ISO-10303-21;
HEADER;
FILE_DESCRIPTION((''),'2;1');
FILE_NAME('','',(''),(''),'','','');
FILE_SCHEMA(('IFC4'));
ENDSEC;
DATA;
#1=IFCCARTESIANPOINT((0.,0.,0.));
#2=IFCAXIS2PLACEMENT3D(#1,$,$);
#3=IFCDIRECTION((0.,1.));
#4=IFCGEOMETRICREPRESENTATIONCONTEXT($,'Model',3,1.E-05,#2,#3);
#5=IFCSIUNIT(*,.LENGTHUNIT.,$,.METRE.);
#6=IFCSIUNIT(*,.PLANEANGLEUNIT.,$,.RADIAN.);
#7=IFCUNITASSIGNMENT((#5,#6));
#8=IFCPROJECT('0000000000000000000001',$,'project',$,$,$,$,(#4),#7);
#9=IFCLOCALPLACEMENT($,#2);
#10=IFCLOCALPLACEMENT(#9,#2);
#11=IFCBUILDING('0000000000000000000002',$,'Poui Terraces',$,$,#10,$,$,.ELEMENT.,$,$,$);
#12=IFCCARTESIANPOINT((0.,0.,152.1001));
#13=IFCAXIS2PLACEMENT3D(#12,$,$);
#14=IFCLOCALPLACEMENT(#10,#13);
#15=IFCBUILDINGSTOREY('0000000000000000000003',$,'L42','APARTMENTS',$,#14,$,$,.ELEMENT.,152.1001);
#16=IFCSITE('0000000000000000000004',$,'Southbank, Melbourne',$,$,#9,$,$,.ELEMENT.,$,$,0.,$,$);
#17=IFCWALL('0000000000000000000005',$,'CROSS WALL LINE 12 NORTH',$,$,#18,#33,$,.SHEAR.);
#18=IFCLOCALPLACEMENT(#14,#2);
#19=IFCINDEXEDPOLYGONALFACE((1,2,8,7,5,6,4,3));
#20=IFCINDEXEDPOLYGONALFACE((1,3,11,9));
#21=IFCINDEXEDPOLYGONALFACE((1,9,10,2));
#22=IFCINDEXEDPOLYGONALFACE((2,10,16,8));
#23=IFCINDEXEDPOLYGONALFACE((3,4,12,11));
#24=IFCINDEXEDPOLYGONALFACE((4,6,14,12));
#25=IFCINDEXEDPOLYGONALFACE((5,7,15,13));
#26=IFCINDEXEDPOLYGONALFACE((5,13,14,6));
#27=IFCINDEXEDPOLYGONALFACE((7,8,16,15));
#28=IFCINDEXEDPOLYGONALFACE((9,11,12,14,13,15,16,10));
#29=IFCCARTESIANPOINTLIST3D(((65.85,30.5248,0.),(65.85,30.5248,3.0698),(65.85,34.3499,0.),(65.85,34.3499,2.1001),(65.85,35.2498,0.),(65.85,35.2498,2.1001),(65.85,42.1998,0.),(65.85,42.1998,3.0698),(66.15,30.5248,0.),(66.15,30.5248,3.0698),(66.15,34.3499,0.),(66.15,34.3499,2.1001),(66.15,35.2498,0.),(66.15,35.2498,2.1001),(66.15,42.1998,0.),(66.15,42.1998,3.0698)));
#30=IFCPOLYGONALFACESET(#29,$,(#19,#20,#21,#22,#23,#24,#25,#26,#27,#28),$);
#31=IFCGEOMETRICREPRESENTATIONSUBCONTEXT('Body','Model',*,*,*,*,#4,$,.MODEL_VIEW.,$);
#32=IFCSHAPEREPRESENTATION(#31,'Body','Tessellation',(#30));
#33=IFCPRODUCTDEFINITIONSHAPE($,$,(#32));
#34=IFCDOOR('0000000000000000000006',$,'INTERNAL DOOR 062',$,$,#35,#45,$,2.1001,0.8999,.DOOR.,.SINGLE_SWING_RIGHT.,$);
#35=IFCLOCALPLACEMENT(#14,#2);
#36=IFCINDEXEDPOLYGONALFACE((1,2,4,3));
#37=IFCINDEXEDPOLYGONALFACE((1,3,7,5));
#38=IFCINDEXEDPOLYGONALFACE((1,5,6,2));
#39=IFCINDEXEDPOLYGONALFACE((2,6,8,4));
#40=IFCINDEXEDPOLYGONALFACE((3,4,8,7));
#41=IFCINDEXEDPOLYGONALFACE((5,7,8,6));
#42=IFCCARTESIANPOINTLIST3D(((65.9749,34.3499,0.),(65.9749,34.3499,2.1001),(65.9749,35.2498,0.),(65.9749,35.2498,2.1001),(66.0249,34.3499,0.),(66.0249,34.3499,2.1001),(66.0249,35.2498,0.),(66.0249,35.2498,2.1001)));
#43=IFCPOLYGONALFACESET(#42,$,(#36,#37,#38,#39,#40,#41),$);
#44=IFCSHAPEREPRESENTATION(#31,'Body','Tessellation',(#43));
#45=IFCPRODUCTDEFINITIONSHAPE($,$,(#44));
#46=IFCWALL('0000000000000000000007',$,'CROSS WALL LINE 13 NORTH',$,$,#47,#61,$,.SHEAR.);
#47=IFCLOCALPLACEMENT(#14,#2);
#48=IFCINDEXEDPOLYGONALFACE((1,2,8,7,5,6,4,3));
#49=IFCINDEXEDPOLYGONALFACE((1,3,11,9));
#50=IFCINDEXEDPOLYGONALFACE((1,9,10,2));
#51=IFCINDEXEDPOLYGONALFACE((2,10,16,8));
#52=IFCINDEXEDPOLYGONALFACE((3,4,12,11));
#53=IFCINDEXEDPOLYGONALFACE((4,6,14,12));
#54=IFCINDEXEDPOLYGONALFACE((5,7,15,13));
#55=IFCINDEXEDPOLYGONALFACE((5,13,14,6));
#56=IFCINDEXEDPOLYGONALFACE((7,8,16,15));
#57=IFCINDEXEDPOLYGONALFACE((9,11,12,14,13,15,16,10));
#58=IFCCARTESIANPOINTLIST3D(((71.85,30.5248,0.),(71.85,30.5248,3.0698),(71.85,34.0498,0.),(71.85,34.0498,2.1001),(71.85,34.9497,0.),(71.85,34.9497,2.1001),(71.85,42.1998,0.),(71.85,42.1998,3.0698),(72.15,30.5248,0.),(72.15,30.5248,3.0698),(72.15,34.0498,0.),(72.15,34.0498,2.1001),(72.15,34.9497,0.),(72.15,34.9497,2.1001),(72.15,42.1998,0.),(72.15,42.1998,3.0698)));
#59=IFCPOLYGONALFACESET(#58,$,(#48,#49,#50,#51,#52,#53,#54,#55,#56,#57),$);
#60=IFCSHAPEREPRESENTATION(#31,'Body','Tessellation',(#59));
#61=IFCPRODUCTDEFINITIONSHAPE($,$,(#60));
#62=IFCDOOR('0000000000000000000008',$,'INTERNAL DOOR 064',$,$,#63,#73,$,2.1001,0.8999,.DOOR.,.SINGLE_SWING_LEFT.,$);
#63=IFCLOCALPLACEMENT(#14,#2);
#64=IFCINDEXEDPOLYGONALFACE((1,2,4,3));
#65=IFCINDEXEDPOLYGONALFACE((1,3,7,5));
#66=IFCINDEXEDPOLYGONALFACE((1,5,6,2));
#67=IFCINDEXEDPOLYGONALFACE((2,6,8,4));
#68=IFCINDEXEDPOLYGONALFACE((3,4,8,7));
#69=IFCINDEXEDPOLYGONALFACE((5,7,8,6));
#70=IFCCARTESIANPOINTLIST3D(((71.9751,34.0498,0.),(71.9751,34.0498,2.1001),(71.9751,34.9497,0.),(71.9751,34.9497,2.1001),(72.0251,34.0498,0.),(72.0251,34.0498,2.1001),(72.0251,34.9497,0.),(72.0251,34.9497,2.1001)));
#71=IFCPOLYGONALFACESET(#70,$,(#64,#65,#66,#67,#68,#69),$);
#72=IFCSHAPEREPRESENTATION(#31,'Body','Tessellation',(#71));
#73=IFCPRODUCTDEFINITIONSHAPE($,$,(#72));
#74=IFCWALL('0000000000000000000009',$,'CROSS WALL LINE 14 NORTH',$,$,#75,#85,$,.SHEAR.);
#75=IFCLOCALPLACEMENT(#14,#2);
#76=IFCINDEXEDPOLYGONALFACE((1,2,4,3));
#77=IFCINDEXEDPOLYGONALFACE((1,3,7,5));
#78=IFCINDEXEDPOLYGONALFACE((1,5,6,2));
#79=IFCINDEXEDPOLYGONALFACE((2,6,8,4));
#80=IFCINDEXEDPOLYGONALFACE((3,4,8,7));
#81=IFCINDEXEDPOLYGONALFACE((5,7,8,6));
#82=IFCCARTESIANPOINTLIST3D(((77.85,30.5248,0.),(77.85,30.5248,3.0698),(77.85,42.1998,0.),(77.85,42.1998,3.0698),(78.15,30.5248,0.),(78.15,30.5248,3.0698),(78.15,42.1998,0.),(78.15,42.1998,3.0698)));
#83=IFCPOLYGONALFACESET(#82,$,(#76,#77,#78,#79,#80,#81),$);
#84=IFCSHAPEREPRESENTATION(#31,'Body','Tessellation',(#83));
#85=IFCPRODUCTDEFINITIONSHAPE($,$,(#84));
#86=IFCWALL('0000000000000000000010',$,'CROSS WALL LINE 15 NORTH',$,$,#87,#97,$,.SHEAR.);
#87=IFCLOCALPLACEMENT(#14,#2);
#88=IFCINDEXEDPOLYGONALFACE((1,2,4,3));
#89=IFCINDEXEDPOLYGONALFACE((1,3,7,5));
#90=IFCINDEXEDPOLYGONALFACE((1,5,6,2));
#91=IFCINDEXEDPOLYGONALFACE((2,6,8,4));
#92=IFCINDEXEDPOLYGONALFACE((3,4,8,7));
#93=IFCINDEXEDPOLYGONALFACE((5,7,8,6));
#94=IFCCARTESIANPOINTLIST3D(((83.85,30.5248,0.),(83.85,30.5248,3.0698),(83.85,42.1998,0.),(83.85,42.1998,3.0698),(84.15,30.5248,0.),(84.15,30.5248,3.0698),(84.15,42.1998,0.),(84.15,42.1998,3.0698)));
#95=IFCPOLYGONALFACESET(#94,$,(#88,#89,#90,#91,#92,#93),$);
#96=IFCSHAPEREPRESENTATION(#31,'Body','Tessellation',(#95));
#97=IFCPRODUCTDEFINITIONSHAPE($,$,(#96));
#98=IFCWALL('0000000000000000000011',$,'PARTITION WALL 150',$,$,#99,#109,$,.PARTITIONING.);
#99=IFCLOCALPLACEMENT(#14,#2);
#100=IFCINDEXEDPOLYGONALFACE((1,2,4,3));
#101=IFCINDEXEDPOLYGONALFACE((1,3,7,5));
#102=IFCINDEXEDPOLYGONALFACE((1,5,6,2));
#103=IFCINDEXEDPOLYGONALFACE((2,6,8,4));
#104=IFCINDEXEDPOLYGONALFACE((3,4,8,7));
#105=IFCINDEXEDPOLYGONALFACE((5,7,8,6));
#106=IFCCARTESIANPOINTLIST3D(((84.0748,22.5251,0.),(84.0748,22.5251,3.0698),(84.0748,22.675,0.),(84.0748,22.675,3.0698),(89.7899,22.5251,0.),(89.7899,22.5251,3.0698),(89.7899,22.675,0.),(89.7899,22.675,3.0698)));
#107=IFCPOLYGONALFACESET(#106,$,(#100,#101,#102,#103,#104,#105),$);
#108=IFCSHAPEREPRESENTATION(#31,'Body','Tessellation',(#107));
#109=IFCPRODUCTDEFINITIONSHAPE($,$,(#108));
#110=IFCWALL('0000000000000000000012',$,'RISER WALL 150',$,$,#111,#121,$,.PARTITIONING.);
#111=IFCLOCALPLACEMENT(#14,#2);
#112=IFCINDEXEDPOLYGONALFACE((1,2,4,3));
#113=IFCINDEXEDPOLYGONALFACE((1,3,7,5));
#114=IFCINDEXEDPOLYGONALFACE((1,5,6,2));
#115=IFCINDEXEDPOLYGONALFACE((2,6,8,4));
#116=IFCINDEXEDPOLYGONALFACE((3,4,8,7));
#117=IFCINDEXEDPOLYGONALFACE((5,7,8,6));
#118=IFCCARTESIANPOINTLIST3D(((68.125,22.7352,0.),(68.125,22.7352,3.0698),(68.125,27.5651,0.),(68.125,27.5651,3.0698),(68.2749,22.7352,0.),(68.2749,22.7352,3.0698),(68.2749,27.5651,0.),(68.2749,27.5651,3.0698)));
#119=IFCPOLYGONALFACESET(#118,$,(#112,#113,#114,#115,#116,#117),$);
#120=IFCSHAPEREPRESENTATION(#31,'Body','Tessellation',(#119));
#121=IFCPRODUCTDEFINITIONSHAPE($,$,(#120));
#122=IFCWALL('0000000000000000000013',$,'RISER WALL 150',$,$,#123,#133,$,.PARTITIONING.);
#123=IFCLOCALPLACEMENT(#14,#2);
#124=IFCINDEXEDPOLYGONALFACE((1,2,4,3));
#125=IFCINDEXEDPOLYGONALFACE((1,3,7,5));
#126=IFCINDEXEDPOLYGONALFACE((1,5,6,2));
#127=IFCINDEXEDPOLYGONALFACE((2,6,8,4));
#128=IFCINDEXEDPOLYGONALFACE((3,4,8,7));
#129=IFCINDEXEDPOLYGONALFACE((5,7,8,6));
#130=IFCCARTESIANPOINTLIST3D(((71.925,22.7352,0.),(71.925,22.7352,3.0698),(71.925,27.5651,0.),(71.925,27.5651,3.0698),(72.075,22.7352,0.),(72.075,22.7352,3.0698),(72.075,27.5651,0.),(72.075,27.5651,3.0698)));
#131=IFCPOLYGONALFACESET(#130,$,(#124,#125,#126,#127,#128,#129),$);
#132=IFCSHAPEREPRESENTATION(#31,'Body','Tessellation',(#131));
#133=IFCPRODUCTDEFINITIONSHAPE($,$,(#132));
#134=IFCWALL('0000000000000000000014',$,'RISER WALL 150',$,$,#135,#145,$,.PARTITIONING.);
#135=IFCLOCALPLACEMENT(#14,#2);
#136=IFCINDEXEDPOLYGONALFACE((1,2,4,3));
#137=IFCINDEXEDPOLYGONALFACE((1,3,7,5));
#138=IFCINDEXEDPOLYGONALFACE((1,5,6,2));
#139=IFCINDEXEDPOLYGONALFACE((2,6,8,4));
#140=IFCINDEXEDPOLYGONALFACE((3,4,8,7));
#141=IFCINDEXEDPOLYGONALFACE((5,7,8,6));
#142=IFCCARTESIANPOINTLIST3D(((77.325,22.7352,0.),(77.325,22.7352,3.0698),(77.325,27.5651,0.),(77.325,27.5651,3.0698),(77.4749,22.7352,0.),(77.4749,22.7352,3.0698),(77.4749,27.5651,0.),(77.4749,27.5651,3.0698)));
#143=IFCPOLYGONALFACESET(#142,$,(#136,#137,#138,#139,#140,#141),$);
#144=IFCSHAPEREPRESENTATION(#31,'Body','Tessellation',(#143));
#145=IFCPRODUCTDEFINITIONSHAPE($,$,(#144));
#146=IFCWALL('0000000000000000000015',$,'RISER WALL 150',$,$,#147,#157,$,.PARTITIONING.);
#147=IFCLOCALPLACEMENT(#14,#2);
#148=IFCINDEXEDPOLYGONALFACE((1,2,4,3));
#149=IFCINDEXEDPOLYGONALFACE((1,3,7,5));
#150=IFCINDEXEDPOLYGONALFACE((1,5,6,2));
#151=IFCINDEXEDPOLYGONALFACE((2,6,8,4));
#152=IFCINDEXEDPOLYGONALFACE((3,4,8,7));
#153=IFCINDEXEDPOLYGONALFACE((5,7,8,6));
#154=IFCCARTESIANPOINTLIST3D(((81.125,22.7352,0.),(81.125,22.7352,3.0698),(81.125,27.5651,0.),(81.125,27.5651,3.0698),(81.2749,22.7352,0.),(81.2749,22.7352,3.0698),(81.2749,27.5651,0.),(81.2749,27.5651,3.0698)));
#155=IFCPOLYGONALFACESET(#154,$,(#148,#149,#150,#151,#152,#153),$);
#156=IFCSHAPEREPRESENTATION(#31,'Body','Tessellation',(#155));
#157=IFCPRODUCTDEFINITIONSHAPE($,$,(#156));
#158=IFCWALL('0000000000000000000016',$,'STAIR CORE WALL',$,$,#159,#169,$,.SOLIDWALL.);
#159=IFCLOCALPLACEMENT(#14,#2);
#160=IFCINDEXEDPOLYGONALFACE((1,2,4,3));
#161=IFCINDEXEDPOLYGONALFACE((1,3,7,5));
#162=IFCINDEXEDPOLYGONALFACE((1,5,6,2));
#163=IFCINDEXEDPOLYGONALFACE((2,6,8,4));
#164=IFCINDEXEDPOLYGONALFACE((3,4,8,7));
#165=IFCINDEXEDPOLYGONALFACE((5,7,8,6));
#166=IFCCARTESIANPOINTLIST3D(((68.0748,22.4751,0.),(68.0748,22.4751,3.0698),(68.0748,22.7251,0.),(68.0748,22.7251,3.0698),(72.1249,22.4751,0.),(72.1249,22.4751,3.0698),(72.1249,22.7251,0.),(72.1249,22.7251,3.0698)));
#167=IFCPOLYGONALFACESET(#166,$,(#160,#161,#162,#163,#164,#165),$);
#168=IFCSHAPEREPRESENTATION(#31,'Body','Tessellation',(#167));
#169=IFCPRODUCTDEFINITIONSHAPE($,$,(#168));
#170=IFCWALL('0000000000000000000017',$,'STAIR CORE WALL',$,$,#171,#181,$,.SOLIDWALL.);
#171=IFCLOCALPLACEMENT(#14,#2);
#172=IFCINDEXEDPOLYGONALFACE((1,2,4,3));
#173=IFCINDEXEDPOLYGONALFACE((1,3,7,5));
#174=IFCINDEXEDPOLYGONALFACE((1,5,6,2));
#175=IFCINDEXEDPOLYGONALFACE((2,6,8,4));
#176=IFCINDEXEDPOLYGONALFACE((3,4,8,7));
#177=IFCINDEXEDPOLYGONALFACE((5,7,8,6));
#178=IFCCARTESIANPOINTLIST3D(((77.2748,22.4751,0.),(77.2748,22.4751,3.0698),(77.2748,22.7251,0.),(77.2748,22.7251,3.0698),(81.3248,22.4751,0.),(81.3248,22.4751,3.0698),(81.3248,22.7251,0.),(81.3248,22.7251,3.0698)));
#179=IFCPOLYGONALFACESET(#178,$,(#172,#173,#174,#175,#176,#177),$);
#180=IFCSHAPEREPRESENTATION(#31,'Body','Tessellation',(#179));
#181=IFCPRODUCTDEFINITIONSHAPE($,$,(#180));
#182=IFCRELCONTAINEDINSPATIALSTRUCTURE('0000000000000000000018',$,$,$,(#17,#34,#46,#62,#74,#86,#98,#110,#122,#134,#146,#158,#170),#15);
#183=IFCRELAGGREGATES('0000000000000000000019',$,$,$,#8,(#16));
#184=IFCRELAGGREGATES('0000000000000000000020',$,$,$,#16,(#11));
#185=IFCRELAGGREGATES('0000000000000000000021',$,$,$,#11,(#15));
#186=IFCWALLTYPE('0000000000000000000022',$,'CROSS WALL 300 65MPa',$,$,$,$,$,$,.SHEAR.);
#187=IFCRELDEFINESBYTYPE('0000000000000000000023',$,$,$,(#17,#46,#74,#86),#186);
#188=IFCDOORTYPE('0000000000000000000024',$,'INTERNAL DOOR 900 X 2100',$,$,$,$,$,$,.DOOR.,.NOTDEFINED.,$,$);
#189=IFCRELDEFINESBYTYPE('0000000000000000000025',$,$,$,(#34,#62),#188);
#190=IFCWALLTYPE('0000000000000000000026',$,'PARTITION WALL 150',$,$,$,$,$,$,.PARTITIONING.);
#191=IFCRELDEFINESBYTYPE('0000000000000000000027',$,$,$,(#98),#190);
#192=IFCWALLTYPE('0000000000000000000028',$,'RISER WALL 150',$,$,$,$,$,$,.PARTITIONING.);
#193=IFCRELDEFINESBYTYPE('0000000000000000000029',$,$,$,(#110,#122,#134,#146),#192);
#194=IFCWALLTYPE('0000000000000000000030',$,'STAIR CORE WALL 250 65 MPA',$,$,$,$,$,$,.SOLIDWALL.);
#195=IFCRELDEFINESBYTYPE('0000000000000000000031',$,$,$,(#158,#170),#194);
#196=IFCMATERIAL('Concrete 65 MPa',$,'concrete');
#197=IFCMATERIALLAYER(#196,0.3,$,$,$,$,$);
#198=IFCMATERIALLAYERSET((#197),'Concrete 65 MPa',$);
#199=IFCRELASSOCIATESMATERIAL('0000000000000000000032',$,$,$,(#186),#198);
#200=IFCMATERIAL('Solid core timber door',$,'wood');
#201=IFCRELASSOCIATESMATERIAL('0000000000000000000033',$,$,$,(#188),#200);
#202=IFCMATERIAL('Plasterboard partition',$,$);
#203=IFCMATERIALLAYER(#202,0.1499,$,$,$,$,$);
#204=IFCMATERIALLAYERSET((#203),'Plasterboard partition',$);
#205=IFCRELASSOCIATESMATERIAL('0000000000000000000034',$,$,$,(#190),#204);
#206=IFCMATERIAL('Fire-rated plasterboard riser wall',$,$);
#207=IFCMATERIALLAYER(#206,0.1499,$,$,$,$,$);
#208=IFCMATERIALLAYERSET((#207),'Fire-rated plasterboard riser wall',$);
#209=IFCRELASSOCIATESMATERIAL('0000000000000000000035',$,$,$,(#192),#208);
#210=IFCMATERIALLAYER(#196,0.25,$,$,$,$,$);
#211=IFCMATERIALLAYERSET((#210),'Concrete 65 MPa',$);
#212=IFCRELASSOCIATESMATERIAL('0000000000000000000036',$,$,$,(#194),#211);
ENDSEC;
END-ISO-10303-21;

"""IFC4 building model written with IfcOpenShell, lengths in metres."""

from ifc_helpers import new_model, si_unit, direction, frame, frame_2d, origin, place, context, subcontext, project, spatial, rectangle, extrude, material, layer, layer_set, type_object, element, fill, save


model = new_model("IFC4")

# Units and contexts
model_context = context("Model", 3, precision=1e-05, world=origin(), true_north=direction((0.0, 1.0)))
body_context = subcontext(model_context, "Body", "Model", "MODEL_VIEW")
ifc_project = project(units=[si_unit("LENGTHUNIT", "METRE"), si_unit("PLANEANGLEUNIT", "RADIAN")], contexts=[model_context])

# Site, building, storey
site_placement = place(None, origin())
site = spatial("IfcSite", under=ifc_project, at=site_placement, Name="Southbank, Melbourne", CompositionType="ELEMENT", RefElevation=0.0)
building_placement = place(site_placement, origin())
building = spatial("IfcBuilding", under=site, at=building_placement, Name="Poui Terraces", CompositionType="ELEMENT")
storey_placement = place(building_placement, frame((0.0, 0.0, 152.1001)))
storey = spatial("IfcBuildingStorey", under=building, at=storey_placement, Name="L42", Description="APARTMENTS", CompositionType="ELEMENT", Elevation=152.1001)

# Shared definitions
ifc_material_1 = material(Name="Concrete 65 MPa", Category="concrete")

# Walls, openings, doors
ifc_material_2 = material(Name="Solid core timber door", Category="wood")
ifc_layer_1 = layer(ifc_material_1, 0.3)
ifc_layer_set_1 = layer_set([ifc_layer_1], Name="Concrete 65 MPa")
wall_type_1 = type_object("IfcWallType", Name="CROSS WALL 300 65MPa", PredefinedType="SHEAR", material=ifc_layer_set_1)
wall_1_placement = place(storey_placement, frame((66.0, 30.5249, 0.0), z_axis=(0.0, 0.0, 1.0), x_axis=(0.0, 1.0, 0.0)))
wall_1 = element("IfcWall", 1, at=wall_1_placement, inside=storey, type_object=wall_type_1, Name="CROSS WALL LINE 12 NORTH", PredefinedType="SHEAR", context=body_context, shape_type="SweptSolid", body=[
    extrude(rectangle(XDim=11.675, YDim=0.3, at=frame_2d((5.8374, 0.0))), origin(), (0.0, 0.0, 1.0), 3.0698),
])
opening_1_placement = place(wall_1_placement, frame((3.825, 0.0, 0.0)))
opening_1 = element("IfcOpeningElement", 2, at=opening_1_placement, cuts=wall_1, PredefinedType="OPENING", context=body_context, shape_type="SweptSolid", body=[
    extrude(rectangle(XDim=0.8999, YDim=2.1001, at=frame_2d((0.45, 1.05))), frame((0.0, 0.1602, 0.0), z_axis=(0.0, -1.0, 0.0), x_axis=(1.0, 0.0, 0.0)), (0.0, 0.0, 1.0), 0.3201),
])
door_type_1 = type_object("IfcDoorType", Name="INTERNAL DOOR 900 X 2100", OperationType="NOTDEFINED", PredefinedType="DOOR", material=ifc_material_2)
door_1_placement = place(opening_1_placement, frame((0.8999, 0.0, 0.0), z_axis=(0.0, 0.0, 1.0), x_axis=(-1.0, 0.0, 0.0)))
door_1 = element("IfcDoor", 3, at=door_1_placement, inside=storey, type_object=door_type_1, Name="INTERNAL DOOR 062", OperationType="SINGLE_SWING_RIGHT", OverallHeight=2.1001, OverallWidth=0.8999, PredefinedType="DOOR", context=body_context, shape_type="SweptSolid", body=[
    extrude(rectangle(XDim=0.8999, YDim=2.1001, at=frame_2d((0.45, 1.05))), frame((0.0, 0.0249, 0.0), z_axis=(0.0, -1.0, 0.0), x_axis=(1.0, 0.0, 0.0)), (0.0, 0.0, 1.0), 0.05),
])
fill(opening_1, door_1)
wall_2_placement = place(storey_placement, frame((72.0, 30.5249, 0.0), z_axis=(0.0, 0.0, 1.0), x_axis=(0.0, 1.0, 0.0)))
wall_2 = element("IfcWall", 4, at=wall_2_placement, inside=storey, type_object=wall_type_1, Name="CROSS WALL LINE 13 NORTH", PredefinedType="SHEAR", context=body_context, shape_type="SweptSolid", body=[
    extrude(rectangle(XDim=11.675, YDim=0.3, at=frame_2d((5.8374, 0.0))), origin(), (0.0, 0.0, 1.0), 3.0698),
])
opening_2_placement = place(wall_2_placement, frame((3.5249, 0.0, 0.0)))
opening_2 = element("IfcOpeningElement", 5, at=opening_2_placement, cuts=wall_2, PredefinedType="OPENING", context=body_context, shape_type="SweptSolid", body=[
    extrude(rectangle(XDim=0.8999, YDim=2.1001, at=frame_2d((0.45, 1.05))), frame((0.0, 0.1602, 0.0), z_axis=(0.0, -1.0, 0.0), x_axis=(1.0, 0.0, 0.0)), (0.0, 0.0, 1.0), 0.3201),
])
door_2_placement = place(opening_2_placement, origin())
door_2 = element("IfcDoor", 6, at=door_2_placement, inside=storey, type_object=door_type_1, Name="INTERNAL DOOR 064", OperationType="SINGLE_SWING_LEFT", OverallHeight=2.1001, OverallWidth=0.8999, PredefinedType="DOOR", context=body_context, shape_type="SweptSolid", body=[
    extrude(rectangle(XDim=0.8999, YDim=2.1001, at=frame_2d((0.45, 1.05))), frame((0.0, 0.0249, 0.0), z_axis=(0.0, -1.0, 0.0), x_axis=(1.0, 0.0, 0.0)), (0.0, 0.0, 1.0), 0.05),
])
fill(opening_2, door_2)

# Walls
for number, where, z_axis, x_axis, name in (
    (7, (78.0, 30.5249, 0.0), (0.0, 0.0, 1.0), (0.0, 1.0, 0.0), "CROSS WALL LINE 14 NORTH"),
    (8, (84.0, 30.5249, 0.0), (0.0, 0.0, 1.0), (0.0, 1.0, 0.0), "CROSS WALL LINE 15 NORTH"),
):
    element("IfcWall", number, at=place(storey_placement, frame(where, z_axis=z_axis, x_axis=x_axis)), inside=storey, type_object=wall_type_1, Name=name, PredefinedType="SHEAR", context=body_context, shape_type="SweptSolid", body=[
        extrude(rectangle(XDim=11.675, YDim=0.3, at=frame_2d((5.8374, 0.0))), origin(), (0.0, 0.0, 1.0), 3.0698),
    ])
ifc_material_3 = material(Name="Plasterboard partition")
ifc_layer_2 = layer(ifc_material_3, 0.1499)
ifc_layer_set_2 = layer_set([ifc_layer_2], Name="Plasterboard partition")
wall_type_2 = type_object("IfcWallType", Name="PARTITION WALL 150", PredefinedType="PARTITIONING", material=ifc_layer_set_2)
wall_3_placement = place(storey_placement, frame((84.075, 22.6001, 0.0), z_axis=(0.0, 0.0, 1.0), x_axis=(1.0, 0.0, 0.0)))
element("IfcWall", 9, at=wall_3_placement, inside=storey, type_object=wall_type_2, Name="PARTITION WALL 150", PredefinedType="PARTITIONING", context=body_context, shape_type="SweptSolid", body=[
    extrude(rectangle(XDim=5.7151, YDim=0.1499, at=frame_2d((2.8574, 0.0))), origin(), (0.0, 0.0, 1.0), 3.0698),
])
ifc_material_4 = material(Name="Fire-rated plasterboard riser wall")
ifc_layer_3 = layer(ifc_material_4, 0.1499)
ifc_layer_set_3 = layer_set([ifc_layer_3], Name="Fire-rated plasterboard riser wall")
wall_type_3 = type_object("IfcWallType", Name="RISER WALL 150", PredefinedType="PARTITIONING", material=ifc_layer_set_3)
for number, where, z_axis, x_axis, name in (
    (10, (68.2, 22.7351, 0.0), (0.0, 0.0, 1.0), (0.0, 1.0, 0.0), "RISER WALL 150"),
    (11, (72.0, 22.7351, 0.0), (0.0, 0.0, 1.0), (0.0, 1.0, 0.0), "RISER WALL 150"),
    (12, (77.3999, 22.7351, 0.0), (0.0, 0.0, 1.0), (0.0, 1.0, 0.0), "RISER WALL 150"),
    (13, (81.2, 22.7351, 0.0), (0.0, 0.0, 1.0), (0.0, 1.0, 0.0), "RISER WALL 150"),
):
    element("IfcWall", number, at=place(storey_placement, frame(where, z_axis=z_axis, x_axis=x_axis)), inside=storey, type_object=wall_type_3, Name=name, PredefinedType="PARTITIONING", context=body_context, shape_type="SweptSolid", body=[
        extrude(rectangle(XDim=4.8298, YDim=0.1499, at=frame_2d((2.415, 0.0))), origin(), (0.0, 0.0, 1.0), 3.0698),
    ])
ifc_layer_4 = layer(ifc_material_1, 0.25)
ifc_layer_set_4 = layer_set([ifc_layer_4], Name="Concrete 65 MPa")
wall_type_4 = type_object("IfcWallType", Name="STAIR CORE WALL 250 65 MPA", PredefinedType="SOLIDWALL", material=ifc_layer_set_4)
for number, where, z_axis, x_axis, name in (
    (14, (68.075, 22.6001, 0.0), (0.0, 0.0, 1.0), (1.0, 0.0, 0.0), "STAIR CORE WALL"),
    (15, (77.2749, 22.6001, 0.0), (0.0, 0.0, 1.0), (1.0, 0.0, 0.0), "STAIR CORE WALL"),
):
    element("IfcWall", number, at=place(storey_placement, frame(where, z_axis=z_axis, x_axis=x_axis)), inside=storey, type_object=wall_type_4, Name=name, PredefinedType="SOLIDWALL", context=body_context, shape_type="SweptSolid", body=[
        extrude(rectangle(XDim=4.05, YDim=0.25, at=frame_2d((2.0249, 0.0))), origin(), (0.0, 0.0, 1.0), 3.0698),
    ])

save(model, "model.ifc")
